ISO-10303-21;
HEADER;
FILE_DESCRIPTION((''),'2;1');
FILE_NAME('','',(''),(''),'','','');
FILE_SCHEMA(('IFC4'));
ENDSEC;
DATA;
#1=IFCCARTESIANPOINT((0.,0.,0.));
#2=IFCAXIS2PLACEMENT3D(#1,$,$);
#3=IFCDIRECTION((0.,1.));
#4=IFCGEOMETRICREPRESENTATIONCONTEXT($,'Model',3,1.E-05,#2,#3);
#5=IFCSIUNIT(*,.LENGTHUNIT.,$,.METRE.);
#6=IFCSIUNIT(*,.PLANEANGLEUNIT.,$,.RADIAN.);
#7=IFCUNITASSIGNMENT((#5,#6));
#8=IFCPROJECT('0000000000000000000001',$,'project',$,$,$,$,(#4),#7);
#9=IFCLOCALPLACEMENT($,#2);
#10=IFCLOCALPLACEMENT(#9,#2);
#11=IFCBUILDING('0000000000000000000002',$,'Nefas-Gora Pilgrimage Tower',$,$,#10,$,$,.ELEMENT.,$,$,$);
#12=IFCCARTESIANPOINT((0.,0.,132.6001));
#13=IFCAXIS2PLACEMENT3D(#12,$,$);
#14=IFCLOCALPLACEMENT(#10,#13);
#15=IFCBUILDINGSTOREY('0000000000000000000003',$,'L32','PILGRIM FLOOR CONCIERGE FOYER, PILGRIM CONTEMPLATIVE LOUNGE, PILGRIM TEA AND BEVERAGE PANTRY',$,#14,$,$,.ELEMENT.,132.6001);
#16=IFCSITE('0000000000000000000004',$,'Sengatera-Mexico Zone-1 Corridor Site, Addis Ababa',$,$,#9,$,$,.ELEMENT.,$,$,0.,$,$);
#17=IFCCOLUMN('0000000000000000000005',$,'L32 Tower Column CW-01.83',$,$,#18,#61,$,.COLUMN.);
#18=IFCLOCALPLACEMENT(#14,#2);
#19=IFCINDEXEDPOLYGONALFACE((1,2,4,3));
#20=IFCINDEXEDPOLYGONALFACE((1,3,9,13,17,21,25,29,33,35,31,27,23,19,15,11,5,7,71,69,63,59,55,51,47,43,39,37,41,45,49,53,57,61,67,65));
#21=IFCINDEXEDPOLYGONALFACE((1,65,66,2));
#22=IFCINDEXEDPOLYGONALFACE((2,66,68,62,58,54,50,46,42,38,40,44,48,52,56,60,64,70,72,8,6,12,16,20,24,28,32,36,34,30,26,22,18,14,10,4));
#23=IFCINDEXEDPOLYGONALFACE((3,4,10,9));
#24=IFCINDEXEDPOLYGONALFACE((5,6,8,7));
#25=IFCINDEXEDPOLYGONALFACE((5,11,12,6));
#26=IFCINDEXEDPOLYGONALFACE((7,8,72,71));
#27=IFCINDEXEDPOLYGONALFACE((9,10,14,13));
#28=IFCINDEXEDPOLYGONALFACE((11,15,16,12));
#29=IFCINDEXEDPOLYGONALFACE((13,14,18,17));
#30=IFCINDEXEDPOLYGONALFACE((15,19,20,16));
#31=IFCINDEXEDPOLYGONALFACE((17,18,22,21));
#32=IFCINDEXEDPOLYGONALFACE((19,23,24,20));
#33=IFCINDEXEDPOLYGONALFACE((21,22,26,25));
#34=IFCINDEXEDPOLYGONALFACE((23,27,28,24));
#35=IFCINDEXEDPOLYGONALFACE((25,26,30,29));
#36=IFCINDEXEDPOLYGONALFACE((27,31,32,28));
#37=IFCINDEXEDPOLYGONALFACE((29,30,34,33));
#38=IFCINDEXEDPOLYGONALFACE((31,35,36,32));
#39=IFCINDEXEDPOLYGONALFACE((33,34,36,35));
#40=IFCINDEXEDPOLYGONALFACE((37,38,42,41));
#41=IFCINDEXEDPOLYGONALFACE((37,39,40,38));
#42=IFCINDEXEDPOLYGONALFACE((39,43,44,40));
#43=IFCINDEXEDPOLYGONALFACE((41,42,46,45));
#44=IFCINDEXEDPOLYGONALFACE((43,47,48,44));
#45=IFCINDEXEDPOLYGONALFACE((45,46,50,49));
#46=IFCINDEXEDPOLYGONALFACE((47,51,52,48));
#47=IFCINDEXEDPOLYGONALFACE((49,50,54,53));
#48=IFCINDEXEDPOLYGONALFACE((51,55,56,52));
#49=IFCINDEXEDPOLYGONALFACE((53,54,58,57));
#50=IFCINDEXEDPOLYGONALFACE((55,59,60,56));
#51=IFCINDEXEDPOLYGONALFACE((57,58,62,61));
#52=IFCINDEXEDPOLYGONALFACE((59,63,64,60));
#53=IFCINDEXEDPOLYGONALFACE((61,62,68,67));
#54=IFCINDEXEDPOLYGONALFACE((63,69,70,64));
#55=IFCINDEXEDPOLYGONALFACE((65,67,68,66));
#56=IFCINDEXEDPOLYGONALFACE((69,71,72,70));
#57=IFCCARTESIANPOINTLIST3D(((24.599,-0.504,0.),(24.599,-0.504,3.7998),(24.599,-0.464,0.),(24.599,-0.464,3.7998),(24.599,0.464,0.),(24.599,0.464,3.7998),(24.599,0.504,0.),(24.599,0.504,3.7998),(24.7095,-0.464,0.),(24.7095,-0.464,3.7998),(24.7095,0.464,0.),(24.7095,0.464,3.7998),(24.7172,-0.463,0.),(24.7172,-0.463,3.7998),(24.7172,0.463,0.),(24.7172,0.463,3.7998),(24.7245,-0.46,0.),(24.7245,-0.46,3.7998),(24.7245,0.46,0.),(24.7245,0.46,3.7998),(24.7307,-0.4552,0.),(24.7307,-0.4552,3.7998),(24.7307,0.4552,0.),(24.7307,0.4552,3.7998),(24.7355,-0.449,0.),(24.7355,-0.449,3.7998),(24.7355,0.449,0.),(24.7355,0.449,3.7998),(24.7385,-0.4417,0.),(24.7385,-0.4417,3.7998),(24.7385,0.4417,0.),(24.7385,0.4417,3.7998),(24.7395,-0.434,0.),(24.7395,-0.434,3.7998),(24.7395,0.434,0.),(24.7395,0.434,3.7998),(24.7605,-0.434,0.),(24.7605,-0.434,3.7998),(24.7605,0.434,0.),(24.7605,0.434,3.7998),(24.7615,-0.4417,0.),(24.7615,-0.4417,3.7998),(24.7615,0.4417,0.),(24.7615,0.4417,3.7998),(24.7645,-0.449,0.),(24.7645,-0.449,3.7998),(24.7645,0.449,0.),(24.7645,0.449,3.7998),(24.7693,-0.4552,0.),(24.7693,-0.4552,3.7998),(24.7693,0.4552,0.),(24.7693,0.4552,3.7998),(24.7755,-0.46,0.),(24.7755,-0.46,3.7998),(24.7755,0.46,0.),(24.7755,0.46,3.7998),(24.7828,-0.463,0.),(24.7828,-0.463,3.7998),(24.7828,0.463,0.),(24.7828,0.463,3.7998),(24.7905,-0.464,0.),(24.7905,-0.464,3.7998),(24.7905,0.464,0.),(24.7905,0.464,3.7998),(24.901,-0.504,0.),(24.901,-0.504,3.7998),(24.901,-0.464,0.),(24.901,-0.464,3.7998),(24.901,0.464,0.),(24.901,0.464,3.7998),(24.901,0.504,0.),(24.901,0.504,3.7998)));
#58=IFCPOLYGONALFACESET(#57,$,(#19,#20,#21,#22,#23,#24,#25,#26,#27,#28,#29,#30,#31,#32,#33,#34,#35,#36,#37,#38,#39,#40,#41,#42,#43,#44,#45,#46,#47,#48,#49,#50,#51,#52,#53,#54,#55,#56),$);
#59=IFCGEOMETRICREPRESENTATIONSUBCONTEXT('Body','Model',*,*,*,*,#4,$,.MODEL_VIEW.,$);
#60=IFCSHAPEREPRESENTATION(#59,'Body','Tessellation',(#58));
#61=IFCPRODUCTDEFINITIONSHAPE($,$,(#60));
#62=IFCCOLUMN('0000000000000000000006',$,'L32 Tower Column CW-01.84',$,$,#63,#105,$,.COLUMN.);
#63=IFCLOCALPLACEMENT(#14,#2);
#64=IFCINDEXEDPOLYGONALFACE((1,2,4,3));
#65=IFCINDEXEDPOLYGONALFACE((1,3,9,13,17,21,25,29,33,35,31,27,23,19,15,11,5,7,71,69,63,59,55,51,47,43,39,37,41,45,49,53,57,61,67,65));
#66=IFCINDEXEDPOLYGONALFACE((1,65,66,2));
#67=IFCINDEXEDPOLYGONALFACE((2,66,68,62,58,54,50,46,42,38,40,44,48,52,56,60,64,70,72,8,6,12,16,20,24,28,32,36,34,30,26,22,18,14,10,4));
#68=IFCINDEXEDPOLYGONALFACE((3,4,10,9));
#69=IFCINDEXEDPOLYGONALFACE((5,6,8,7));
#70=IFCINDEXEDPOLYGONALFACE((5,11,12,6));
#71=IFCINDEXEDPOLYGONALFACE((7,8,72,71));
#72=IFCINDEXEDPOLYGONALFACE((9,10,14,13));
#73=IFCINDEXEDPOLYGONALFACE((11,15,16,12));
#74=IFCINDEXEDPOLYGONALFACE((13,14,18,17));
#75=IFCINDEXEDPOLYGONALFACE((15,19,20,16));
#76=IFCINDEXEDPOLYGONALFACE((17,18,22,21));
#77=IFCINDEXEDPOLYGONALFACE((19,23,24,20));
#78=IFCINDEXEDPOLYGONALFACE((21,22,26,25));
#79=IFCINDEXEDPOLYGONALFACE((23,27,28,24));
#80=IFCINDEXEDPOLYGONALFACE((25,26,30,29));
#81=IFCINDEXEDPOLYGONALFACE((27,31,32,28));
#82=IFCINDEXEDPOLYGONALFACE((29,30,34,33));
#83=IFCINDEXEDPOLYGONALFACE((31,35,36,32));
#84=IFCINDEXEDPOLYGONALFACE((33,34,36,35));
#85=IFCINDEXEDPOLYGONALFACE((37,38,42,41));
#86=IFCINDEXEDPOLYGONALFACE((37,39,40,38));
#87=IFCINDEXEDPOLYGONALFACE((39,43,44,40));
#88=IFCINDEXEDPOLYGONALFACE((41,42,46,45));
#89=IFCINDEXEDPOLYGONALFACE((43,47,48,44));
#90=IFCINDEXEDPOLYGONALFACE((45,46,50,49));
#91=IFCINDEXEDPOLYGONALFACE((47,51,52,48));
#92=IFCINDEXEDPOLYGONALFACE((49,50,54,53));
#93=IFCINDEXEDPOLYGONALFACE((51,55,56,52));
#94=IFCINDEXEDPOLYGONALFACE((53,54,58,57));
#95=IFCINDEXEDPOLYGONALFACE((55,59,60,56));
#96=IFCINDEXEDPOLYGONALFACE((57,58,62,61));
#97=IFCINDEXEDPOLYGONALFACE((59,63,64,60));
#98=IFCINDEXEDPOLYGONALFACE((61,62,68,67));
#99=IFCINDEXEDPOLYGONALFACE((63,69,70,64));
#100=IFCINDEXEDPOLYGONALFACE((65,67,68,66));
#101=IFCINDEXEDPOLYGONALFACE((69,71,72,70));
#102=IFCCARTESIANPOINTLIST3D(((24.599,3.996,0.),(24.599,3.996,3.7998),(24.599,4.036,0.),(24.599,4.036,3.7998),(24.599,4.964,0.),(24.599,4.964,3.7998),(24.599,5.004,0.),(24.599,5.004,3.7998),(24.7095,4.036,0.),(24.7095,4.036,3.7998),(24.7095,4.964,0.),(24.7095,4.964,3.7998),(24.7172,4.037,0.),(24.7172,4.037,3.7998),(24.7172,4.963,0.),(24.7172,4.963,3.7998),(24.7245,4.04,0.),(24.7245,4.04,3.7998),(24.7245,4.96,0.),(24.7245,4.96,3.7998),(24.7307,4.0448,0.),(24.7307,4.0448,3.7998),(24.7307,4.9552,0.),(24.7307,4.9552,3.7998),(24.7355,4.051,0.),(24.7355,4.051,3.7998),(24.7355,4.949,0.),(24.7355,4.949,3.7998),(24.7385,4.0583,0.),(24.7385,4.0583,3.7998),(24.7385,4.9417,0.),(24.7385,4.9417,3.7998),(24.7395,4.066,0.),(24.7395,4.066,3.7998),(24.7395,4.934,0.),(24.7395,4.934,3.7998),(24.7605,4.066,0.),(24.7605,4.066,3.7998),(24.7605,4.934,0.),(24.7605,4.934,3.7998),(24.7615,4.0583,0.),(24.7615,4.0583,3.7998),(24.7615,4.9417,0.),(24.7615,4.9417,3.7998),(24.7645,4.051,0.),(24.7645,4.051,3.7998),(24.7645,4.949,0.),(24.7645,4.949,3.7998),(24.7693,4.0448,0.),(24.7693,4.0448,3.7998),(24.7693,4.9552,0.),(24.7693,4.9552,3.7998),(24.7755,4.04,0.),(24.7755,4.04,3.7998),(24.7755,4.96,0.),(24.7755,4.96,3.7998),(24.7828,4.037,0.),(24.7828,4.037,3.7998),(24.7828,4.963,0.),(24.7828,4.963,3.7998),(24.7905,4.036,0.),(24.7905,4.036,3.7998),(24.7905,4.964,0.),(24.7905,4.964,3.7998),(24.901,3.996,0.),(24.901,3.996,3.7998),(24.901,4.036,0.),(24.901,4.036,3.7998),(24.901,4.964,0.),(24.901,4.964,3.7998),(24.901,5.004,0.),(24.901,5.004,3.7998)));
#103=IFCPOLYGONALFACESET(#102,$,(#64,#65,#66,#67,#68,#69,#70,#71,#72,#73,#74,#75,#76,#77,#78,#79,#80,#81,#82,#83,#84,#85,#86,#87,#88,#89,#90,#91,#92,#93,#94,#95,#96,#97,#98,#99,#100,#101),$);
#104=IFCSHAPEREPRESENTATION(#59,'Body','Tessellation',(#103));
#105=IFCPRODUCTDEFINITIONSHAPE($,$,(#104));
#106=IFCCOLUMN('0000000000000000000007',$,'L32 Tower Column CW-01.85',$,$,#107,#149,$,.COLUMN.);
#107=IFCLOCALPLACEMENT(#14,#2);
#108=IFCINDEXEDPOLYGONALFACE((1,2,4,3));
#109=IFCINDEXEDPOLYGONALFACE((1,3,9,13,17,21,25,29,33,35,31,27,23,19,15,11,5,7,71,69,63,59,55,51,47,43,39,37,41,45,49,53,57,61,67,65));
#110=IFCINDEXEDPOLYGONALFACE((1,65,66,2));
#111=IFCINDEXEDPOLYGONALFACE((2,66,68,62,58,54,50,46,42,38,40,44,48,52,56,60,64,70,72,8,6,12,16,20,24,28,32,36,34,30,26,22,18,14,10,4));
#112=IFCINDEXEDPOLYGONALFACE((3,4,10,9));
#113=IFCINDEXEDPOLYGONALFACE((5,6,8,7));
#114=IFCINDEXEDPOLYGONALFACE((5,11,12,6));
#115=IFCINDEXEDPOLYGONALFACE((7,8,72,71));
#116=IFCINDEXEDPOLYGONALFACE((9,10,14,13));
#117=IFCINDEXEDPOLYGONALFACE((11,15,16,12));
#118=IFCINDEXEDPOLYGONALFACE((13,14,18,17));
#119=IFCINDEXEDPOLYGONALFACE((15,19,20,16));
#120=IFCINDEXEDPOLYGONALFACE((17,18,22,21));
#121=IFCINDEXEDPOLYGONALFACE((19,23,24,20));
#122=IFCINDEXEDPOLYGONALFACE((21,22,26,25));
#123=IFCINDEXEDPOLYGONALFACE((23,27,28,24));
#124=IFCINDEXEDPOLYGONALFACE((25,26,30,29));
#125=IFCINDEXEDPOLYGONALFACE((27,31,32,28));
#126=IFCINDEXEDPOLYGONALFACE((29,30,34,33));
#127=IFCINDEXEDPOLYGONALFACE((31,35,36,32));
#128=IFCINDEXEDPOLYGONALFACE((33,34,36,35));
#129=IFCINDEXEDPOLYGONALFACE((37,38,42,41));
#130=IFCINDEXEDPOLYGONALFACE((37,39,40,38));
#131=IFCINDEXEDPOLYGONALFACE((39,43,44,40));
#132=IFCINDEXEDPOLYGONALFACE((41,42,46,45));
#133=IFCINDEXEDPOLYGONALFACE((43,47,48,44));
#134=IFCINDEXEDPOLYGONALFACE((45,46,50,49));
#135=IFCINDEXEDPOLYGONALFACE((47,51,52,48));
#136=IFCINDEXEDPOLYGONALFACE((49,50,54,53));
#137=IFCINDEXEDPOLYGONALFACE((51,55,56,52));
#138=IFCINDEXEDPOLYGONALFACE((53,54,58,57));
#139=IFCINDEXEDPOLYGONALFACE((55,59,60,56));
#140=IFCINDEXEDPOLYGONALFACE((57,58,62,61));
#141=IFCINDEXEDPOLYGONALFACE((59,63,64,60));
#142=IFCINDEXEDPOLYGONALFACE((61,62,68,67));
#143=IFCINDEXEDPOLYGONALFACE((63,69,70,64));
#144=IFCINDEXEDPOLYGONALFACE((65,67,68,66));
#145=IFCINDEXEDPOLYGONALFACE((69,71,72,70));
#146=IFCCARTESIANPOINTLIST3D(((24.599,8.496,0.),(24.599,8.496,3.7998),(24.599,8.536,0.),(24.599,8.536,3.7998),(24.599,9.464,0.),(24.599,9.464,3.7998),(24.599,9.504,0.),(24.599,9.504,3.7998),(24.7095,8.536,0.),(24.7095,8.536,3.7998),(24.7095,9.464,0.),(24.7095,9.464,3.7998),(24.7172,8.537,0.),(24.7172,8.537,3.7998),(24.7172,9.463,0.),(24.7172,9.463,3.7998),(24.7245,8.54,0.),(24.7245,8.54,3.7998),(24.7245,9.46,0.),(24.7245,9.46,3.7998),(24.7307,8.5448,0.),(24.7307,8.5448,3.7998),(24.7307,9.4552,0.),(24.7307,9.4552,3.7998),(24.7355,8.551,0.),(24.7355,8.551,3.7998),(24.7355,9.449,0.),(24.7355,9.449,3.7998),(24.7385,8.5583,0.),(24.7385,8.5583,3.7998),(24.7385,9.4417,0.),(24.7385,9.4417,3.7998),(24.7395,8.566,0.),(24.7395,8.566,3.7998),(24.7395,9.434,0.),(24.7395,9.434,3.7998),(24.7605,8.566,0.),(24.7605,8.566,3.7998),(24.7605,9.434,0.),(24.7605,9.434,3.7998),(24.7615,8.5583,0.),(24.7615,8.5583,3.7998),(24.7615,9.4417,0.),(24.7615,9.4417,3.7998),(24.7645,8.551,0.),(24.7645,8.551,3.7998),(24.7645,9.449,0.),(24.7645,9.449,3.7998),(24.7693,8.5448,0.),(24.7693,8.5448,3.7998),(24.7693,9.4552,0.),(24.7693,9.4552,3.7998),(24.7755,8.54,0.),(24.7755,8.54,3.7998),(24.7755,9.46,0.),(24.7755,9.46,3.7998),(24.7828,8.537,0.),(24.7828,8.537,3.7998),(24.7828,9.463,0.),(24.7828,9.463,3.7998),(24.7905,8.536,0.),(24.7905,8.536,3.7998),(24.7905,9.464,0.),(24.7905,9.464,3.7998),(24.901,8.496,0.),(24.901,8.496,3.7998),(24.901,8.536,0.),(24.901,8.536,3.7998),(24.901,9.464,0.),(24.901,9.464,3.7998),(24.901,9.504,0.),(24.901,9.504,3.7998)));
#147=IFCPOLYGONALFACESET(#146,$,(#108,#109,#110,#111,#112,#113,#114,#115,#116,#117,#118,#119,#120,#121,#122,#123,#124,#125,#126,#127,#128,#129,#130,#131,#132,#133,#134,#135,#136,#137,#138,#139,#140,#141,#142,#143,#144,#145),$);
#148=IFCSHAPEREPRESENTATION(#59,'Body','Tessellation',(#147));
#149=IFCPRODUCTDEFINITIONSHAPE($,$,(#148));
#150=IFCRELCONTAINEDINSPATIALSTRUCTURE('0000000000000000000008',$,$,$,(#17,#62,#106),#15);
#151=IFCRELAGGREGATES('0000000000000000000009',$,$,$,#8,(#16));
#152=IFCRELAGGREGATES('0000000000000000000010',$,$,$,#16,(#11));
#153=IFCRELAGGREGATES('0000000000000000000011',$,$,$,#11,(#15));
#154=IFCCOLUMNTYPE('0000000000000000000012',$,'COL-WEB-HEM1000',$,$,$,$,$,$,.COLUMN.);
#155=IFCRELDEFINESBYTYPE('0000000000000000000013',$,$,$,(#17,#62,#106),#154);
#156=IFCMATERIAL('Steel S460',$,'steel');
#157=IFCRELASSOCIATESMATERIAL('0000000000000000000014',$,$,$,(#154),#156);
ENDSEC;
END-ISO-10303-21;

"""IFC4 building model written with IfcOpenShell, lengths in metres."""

from ifc_helpers import new_model, si_unit, direction, frame, origin, origin_2d, place, context, subcontext, project, spatial, i_section, extrude, source, transform, mapped, material, material_profile, profile_set, type_object, element, save


model = new_model("IFC4")

# Units and contexts
model_context = context("Model", 3, precision=1e-05, world=origin(), true_north=direction((0.0, 1.0)))
body_context = subcontext(model_context, "Body", "Model", "MODEL_VIEW")
ifc_project = project(units=[si_unit("LENGTHUNIT", "METRE"), si_unit("PLANEANGLEUNIT", "RADIAN")], contexts=[model_context])

# Site, building, storey
site_placement = place(None, origin())
site = spatial("IfcSite", under=ifc_project, at=site_placement, Name="Sengatera-Mexico Zone-1 Corridor Site, Addis Ababa", CompositionType="ELEMENT", RefElevation=0.0)
building_placement = place(site_placement, origin())
building = spatial("IfcBuilding", under=site, at=building_placement, Name="Nefas-Gora Pilgrimage Tower", CompositionType="ELEMENT")
storey_placement = place(building_placement, frame((0.0, 0.0, 132.6001)))
storey = spatial("IfcBuildingStorey", under=building, at=storey_placement, Name="L32", Description="PILGRIM FLOOR CONCIERGE FOYER, PILGRIM CONTEMPLATIVE LOUNGE, PILGRIM TEA AND BEVERAGE PANTRY", CompositionType="ELEMENT", Elevation=132.6001)

# Columns
ifc_material_1 = material(Name="Steel S460", Category="steel")
ifc_material_profile_1 = material_profile(ifc_material_1, i_section(OverallWidth=0.302, OverallDepth=1.0081, WebThickness=0.021, FlangeThickness=0.04, FilletRadius=0.03, at=origin_2d()), Name="HEM 1000")
ifc_profile_set_1 = profile_set([ifc_material_profile_1], Name="Steel S460")
column_type_1 = type_object("IfcColumnType", Name="COL-WEB-HEM1000", PredefinedType="COLUMN", material=ifc_profile_set_1)
shared_shape_1 = source(origin(), body_context, "Body", "SweptSolid", [
    extrude(i_section(OverallWidth=0.302, OverallDepth=1.0081, WebThickness=0.021, FlangeThickness=0.04, FilletRadius=0.03, at=origin_2d()), origin(), (0.0, 0.0, 1.0), 3.7998),
])
for number, where, z_axis, x_axis, name in (
    (1, (24.75, 0.0, 0.0), (0.0, 0.0, 1.0), (1.0, 0.0, 0.0), "L32 Tower Column CW-01.83"),
    (2, (24.75, 4.5, 0.0), (0.0, 0.0, 1.0), (1.0, 0.0, 0.0), "L32 Tower Column CW-01.84"),
    (3, (24.75, 9.0, 0.0), (0.0, 0.0, 1.0), (1.0, 0.0, 0.0), "L32 Tower Column CW-01.85"),
):
    element("IfcColumn", number, at=place(storey_placement, frame(where, z_axis=z_axis, x_axis=x_axis)), inside=storey, type_object=column_type_1, Name=name, PredefinedType="COLUMN", context=body_context, shape_type="MappedRepresentation", body=[
        mapped(shared_shape_1, transform((0.0, 0.0, 0.0), x_axis=(1.0, 0.0, 0.0), y_axis=(0.0, 1.0, 0.0), z_axis=(0.0, 0.0, 1.0), scale=1.0)),
    ])

save(model, "model.ifc")
